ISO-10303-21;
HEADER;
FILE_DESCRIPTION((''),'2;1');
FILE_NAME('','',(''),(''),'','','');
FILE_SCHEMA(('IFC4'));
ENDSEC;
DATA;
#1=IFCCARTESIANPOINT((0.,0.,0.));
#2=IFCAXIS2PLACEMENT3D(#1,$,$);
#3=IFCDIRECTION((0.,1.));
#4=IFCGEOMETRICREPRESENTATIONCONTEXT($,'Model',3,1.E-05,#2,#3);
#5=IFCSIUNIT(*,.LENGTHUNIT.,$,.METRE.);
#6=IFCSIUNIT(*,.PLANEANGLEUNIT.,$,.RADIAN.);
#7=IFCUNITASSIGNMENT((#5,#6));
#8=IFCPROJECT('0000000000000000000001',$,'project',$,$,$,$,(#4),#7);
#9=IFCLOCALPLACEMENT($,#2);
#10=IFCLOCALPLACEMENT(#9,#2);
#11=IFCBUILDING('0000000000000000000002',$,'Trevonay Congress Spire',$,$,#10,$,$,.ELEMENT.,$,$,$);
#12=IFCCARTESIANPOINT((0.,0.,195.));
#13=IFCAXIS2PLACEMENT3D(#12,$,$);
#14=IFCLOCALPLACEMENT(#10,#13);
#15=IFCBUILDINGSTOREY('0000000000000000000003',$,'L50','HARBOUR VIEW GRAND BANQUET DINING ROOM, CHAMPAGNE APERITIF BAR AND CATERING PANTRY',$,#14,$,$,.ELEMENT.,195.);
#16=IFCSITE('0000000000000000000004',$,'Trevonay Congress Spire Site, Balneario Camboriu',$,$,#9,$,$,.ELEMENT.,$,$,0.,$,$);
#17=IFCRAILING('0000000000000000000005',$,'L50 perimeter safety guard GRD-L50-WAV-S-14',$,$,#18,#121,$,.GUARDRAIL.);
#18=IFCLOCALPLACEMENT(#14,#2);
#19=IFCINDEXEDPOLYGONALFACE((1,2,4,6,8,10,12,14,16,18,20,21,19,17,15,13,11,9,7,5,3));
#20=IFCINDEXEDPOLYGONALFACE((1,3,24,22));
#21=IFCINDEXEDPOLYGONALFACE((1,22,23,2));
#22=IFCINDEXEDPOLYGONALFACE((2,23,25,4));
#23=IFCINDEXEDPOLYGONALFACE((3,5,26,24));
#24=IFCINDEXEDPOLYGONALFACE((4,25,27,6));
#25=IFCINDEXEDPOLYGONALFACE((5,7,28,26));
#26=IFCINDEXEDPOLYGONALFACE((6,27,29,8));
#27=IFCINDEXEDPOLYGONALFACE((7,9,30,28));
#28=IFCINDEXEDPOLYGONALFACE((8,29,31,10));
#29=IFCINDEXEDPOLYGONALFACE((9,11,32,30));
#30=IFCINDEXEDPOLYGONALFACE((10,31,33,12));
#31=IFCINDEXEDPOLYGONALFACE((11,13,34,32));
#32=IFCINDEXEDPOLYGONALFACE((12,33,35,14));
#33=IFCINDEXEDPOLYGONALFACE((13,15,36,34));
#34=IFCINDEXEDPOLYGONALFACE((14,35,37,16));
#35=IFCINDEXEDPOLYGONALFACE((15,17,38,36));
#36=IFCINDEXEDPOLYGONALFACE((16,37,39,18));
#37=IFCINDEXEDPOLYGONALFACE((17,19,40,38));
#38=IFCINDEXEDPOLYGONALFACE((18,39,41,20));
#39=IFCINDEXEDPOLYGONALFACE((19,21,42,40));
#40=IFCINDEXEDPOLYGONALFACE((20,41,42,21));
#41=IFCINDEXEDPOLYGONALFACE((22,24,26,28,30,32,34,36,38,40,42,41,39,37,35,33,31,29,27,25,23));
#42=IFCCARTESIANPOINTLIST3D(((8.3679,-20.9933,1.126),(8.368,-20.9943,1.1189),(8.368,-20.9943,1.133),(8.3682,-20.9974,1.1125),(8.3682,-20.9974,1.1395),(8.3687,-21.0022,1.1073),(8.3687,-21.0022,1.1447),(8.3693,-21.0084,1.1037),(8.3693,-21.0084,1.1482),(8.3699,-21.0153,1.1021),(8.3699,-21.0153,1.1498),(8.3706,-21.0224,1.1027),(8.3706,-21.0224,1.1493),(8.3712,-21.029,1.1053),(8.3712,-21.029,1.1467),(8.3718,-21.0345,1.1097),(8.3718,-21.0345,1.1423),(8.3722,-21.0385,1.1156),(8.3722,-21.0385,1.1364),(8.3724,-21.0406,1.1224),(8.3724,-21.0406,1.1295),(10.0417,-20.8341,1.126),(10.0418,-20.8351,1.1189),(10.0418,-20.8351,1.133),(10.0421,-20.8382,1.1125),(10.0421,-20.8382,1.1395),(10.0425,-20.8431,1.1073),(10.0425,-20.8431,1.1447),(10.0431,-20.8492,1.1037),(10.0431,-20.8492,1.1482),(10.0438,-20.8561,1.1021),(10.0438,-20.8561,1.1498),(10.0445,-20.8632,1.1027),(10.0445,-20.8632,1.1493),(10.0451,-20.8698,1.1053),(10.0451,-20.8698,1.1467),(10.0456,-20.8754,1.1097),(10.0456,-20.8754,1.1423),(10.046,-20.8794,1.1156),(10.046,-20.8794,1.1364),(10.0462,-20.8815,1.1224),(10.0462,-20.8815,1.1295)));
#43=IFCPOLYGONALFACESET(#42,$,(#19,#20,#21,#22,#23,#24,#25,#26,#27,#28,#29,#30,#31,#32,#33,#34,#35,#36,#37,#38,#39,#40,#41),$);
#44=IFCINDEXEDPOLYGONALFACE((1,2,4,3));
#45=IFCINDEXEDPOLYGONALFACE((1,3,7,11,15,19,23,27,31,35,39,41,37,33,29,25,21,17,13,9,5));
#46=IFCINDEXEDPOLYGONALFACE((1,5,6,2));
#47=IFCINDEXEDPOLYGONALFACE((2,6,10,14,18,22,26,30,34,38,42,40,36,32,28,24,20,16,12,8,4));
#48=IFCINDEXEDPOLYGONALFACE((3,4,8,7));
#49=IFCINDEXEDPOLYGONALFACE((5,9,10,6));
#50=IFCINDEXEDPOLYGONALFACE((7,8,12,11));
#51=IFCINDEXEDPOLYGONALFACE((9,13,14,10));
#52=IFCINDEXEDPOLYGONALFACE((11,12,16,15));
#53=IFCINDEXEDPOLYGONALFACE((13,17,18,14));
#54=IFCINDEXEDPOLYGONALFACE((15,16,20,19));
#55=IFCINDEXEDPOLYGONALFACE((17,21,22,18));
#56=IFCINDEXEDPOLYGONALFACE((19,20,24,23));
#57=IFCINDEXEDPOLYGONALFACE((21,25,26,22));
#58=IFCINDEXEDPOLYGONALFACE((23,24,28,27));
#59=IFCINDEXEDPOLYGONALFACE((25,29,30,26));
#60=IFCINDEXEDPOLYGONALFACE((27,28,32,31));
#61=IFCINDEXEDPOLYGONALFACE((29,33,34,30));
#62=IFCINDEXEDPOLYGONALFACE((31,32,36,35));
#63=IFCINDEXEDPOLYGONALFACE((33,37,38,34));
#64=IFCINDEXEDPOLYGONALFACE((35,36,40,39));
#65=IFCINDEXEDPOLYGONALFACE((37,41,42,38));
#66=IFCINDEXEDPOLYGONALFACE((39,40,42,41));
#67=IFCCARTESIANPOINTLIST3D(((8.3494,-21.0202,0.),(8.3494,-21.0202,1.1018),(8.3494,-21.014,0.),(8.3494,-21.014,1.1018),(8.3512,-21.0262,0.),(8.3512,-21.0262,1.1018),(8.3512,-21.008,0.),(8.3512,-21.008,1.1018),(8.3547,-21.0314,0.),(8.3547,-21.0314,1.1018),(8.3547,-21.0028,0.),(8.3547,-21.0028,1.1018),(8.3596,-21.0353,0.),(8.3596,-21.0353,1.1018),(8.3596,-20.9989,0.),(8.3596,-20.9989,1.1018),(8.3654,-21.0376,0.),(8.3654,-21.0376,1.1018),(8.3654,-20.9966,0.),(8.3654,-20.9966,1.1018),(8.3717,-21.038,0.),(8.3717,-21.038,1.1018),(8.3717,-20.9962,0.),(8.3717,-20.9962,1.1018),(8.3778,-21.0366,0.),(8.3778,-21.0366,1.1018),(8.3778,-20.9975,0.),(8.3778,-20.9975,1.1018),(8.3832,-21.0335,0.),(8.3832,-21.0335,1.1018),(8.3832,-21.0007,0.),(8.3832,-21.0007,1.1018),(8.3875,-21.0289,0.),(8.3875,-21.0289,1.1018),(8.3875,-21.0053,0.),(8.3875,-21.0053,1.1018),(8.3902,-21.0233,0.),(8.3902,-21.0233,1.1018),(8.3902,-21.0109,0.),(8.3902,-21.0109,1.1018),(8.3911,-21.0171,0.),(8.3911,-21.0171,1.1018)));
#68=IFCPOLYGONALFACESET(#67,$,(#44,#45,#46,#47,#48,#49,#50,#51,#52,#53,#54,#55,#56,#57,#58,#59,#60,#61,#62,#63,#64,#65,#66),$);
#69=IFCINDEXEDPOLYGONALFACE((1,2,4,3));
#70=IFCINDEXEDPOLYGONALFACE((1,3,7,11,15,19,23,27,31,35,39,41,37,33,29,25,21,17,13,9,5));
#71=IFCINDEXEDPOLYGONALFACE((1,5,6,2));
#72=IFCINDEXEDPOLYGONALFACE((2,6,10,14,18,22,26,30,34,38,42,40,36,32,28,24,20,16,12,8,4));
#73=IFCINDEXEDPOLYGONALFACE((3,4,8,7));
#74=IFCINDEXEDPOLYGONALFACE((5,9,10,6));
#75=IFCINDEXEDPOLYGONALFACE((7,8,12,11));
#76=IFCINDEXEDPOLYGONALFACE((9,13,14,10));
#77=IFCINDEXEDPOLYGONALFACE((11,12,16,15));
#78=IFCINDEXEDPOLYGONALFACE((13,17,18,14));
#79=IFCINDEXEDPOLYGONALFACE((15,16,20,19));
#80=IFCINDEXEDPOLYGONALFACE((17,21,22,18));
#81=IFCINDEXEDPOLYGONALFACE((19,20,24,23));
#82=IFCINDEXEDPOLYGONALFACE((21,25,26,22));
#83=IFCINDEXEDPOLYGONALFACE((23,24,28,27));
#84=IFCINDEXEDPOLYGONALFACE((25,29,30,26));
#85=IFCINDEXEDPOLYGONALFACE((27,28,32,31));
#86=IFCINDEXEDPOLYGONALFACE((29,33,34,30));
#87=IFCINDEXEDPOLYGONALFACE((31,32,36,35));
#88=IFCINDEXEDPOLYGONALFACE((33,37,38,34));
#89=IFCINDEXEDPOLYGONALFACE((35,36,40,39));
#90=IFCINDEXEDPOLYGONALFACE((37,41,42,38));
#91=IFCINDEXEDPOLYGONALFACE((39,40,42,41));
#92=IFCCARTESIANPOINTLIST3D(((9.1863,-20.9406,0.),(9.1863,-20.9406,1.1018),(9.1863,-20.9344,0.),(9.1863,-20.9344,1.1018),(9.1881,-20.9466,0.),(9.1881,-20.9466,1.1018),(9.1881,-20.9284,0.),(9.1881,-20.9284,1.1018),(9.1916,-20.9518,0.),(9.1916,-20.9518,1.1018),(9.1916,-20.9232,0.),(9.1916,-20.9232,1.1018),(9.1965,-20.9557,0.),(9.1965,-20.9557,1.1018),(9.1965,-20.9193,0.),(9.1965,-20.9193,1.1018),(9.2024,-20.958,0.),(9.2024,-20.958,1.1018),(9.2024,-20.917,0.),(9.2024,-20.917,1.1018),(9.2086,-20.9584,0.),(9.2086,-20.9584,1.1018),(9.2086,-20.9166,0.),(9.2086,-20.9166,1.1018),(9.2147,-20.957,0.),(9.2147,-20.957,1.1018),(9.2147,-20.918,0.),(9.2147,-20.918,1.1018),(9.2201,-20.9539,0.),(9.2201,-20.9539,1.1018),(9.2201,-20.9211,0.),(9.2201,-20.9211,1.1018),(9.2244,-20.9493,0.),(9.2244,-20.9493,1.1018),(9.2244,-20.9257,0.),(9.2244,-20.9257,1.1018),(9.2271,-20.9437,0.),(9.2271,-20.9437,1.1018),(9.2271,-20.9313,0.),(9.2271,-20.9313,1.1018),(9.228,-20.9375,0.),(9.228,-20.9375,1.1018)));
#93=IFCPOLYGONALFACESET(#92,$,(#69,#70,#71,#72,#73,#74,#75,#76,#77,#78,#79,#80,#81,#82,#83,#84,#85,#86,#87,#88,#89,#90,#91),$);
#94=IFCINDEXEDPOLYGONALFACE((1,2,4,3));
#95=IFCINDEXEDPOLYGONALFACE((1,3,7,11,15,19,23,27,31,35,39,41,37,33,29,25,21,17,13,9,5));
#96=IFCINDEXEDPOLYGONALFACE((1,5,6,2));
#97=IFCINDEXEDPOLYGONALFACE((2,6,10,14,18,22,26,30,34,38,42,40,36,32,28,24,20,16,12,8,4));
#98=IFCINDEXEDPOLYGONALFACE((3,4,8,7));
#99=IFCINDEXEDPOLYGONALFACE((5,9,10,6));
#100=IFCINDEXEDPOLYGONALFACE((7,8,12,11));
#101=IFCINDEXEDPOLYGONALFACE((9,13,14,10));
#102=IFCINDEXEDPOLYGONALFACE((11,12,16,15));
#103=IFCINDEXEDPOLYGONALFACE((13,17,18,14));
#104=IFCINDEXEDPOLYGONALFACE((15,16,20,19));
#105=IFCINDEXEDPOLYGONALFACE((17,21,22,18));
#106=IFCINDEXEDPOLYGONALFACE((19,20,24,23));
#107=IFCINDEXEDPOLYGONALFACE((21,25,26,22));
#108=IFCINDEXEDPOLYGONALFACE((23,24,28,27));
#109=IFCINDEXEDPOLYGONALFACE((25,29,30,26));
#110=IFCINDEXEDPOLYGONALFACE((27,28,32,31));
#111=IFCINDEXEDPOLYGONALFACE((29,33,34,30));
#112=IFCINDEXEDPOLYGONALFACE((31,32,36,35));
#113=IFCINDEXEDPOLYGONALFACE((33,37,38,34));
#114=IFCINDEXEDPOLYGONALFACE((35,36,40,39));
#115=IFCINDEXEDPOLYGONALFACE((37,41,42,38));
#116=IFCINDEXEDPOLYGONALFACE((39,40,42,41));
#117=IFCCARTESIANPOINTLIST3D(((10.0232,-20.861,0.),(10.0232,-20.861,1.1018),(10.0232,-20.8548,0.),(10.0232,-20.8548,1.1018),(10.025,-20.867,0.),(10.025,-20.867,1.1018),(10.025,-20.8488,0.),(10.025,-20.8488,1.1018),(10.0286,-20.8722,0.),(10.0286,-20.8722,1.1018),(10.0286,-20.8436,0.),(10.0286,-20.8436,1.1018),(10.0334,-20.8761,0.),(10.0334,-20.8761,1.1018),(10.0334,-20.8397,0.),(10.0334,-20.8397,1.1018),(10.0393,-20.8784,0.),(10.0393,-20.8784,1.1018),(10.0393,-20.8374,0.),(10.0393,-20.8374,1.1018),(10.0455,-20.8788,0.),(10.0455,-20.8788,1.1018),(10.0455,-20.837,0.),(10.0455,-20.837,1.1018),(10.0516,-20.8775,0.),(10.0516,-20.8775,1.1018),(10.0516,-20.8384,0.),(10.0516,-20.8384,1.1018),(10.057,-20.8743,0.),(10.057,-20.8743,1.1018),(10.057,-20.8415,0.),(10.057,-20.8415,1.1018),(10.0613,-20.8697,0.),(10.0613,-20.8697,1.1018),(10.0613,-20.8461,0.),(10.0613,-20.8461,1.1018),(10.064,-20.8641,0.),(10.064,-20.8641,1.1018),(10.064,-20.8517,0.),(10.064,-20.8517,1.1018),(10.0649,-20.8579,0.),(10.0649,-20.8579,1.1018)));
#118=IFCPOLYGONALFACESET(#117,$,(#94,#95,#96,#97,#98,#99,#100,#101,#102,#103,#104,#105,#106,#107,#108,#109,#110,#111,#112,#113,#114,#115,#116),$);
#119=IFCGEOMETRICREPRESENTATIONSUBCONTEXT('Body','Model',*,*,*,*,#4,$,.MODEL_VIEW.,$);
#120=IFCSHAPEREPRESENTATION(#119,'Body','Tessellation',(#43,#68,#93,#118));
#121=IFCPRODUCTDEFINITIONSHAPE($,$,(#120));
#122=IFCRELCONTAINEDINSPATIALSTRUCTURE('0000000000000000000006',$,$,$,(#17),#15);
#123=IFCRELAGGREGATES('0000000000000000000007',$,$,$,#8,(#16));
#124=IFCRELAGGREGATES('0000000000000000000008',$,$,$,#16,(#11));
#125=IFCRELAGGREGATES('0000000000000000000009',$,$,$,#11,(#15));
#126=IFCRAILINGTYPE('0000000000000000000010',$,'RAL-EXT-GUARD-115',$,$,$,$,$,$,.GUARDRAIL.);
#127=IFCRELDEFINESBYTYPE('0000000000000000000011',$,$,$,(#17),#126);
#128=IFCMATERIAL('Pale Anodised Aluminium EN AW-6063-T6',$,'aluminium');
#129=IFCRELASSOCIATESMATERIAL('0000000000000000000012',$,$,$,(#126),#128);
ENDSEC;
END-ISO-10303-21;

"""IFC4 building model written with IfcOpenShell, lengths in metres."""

from ifc_helpers import new_model, si_unit, direction, frame, origin, origin_2d, place, context, subcontext, project, spatial, circle, extrude, material, type_object, element, save


model = new_model("IFC4")

# Units and contexts
model_context = context("Model", 3, precision=1e-05, world=origin(), true_north=direction((0.0, 1.0)))
body_context = subcontext(model_context, "Body", "Model", "MODEL_VIEW")
ifc_project = project(units=[si_unit("LENGTHUNIT", "METRE"), si_unit("PLANEANGLEUNIT", "RADIAN")], contexts=[model_context])

# Site, building, storey
site_placement = place(None, origin())
site = spatial("IfcSite", under=ifc_project, at=site_placement, Name="Trevonay Congress Spire Site, Balneario Camboriu", CompositionType="ELEMENT", RefElevation=0.0)
building_placement = place(site_placement, origin())
building = spatial("IfcBuilding", under=site, at=building_placement, Name="Trevonay Congress Spire", CompositionType="ELEMENT")
storey_placement = place(building_placement, frame((0.0, 0.0, 195.0)))
storey = spatial("IfcBuildingStorey", under=building, at=storey_placement, Name="L50", Description="HARBOUR VIEW GRAND BANQUET DINING ROOM, CHAMPAGNE APERITIF BAR AND CATERING PANTRY", CompositionType="ELEMENT", Elevation=195.0)

# Shared definitions
ifc_material_1 = material(Name="Pale Anodised Aluminium EN AW-6063-T6", Category="aluminium")

# Railing
railing_type = type_object("IfcRailingType", Name="RAL-EXT-GUARD-115", PredefinedType="GUARDRAIL", material=ifc_material_1)
railing_1_placement = place(storey_placement, frame((8.3701, -21.0171, 0.0)))
element("IfcRailing", 1, at=railing_1_placement, inside=storey, type_object=railing_type, Name="L50 perimeter safety guard GRD-L50-WAV-S-14", PredefinedType="GUARDRAIL", context=body_context, shape_type="SweptSolid", body=[
    extrude(circle(Radius=0.0239, at=origin_2d()), frame((0.0, 0.0, 1.126), z_axis=(0.995509, 0.094672, 0.0), x_axis=(-0.094672, 0.995509, 0.0)), (0.0, 0.0, 1.0), 1.6814),
    extrude(circle(Radius=0.021, at=origin_2d()), origin(), (0.0, 0.0, 1.0), 1.1018),
    extrude(circle(Radius=0.021, at=origin_2d()), frame((0.8369, 0.0796, 0.0)), (0.0, 0.0, 1.0), 1.1018),
    extrude(circle(Radius=0.021, at=origin_2d()), frame((1.6738, 0.1592, 0.0)), (0.0, 0.0, 1.0), 1.1018),
])

save(model, "model.ifc")
